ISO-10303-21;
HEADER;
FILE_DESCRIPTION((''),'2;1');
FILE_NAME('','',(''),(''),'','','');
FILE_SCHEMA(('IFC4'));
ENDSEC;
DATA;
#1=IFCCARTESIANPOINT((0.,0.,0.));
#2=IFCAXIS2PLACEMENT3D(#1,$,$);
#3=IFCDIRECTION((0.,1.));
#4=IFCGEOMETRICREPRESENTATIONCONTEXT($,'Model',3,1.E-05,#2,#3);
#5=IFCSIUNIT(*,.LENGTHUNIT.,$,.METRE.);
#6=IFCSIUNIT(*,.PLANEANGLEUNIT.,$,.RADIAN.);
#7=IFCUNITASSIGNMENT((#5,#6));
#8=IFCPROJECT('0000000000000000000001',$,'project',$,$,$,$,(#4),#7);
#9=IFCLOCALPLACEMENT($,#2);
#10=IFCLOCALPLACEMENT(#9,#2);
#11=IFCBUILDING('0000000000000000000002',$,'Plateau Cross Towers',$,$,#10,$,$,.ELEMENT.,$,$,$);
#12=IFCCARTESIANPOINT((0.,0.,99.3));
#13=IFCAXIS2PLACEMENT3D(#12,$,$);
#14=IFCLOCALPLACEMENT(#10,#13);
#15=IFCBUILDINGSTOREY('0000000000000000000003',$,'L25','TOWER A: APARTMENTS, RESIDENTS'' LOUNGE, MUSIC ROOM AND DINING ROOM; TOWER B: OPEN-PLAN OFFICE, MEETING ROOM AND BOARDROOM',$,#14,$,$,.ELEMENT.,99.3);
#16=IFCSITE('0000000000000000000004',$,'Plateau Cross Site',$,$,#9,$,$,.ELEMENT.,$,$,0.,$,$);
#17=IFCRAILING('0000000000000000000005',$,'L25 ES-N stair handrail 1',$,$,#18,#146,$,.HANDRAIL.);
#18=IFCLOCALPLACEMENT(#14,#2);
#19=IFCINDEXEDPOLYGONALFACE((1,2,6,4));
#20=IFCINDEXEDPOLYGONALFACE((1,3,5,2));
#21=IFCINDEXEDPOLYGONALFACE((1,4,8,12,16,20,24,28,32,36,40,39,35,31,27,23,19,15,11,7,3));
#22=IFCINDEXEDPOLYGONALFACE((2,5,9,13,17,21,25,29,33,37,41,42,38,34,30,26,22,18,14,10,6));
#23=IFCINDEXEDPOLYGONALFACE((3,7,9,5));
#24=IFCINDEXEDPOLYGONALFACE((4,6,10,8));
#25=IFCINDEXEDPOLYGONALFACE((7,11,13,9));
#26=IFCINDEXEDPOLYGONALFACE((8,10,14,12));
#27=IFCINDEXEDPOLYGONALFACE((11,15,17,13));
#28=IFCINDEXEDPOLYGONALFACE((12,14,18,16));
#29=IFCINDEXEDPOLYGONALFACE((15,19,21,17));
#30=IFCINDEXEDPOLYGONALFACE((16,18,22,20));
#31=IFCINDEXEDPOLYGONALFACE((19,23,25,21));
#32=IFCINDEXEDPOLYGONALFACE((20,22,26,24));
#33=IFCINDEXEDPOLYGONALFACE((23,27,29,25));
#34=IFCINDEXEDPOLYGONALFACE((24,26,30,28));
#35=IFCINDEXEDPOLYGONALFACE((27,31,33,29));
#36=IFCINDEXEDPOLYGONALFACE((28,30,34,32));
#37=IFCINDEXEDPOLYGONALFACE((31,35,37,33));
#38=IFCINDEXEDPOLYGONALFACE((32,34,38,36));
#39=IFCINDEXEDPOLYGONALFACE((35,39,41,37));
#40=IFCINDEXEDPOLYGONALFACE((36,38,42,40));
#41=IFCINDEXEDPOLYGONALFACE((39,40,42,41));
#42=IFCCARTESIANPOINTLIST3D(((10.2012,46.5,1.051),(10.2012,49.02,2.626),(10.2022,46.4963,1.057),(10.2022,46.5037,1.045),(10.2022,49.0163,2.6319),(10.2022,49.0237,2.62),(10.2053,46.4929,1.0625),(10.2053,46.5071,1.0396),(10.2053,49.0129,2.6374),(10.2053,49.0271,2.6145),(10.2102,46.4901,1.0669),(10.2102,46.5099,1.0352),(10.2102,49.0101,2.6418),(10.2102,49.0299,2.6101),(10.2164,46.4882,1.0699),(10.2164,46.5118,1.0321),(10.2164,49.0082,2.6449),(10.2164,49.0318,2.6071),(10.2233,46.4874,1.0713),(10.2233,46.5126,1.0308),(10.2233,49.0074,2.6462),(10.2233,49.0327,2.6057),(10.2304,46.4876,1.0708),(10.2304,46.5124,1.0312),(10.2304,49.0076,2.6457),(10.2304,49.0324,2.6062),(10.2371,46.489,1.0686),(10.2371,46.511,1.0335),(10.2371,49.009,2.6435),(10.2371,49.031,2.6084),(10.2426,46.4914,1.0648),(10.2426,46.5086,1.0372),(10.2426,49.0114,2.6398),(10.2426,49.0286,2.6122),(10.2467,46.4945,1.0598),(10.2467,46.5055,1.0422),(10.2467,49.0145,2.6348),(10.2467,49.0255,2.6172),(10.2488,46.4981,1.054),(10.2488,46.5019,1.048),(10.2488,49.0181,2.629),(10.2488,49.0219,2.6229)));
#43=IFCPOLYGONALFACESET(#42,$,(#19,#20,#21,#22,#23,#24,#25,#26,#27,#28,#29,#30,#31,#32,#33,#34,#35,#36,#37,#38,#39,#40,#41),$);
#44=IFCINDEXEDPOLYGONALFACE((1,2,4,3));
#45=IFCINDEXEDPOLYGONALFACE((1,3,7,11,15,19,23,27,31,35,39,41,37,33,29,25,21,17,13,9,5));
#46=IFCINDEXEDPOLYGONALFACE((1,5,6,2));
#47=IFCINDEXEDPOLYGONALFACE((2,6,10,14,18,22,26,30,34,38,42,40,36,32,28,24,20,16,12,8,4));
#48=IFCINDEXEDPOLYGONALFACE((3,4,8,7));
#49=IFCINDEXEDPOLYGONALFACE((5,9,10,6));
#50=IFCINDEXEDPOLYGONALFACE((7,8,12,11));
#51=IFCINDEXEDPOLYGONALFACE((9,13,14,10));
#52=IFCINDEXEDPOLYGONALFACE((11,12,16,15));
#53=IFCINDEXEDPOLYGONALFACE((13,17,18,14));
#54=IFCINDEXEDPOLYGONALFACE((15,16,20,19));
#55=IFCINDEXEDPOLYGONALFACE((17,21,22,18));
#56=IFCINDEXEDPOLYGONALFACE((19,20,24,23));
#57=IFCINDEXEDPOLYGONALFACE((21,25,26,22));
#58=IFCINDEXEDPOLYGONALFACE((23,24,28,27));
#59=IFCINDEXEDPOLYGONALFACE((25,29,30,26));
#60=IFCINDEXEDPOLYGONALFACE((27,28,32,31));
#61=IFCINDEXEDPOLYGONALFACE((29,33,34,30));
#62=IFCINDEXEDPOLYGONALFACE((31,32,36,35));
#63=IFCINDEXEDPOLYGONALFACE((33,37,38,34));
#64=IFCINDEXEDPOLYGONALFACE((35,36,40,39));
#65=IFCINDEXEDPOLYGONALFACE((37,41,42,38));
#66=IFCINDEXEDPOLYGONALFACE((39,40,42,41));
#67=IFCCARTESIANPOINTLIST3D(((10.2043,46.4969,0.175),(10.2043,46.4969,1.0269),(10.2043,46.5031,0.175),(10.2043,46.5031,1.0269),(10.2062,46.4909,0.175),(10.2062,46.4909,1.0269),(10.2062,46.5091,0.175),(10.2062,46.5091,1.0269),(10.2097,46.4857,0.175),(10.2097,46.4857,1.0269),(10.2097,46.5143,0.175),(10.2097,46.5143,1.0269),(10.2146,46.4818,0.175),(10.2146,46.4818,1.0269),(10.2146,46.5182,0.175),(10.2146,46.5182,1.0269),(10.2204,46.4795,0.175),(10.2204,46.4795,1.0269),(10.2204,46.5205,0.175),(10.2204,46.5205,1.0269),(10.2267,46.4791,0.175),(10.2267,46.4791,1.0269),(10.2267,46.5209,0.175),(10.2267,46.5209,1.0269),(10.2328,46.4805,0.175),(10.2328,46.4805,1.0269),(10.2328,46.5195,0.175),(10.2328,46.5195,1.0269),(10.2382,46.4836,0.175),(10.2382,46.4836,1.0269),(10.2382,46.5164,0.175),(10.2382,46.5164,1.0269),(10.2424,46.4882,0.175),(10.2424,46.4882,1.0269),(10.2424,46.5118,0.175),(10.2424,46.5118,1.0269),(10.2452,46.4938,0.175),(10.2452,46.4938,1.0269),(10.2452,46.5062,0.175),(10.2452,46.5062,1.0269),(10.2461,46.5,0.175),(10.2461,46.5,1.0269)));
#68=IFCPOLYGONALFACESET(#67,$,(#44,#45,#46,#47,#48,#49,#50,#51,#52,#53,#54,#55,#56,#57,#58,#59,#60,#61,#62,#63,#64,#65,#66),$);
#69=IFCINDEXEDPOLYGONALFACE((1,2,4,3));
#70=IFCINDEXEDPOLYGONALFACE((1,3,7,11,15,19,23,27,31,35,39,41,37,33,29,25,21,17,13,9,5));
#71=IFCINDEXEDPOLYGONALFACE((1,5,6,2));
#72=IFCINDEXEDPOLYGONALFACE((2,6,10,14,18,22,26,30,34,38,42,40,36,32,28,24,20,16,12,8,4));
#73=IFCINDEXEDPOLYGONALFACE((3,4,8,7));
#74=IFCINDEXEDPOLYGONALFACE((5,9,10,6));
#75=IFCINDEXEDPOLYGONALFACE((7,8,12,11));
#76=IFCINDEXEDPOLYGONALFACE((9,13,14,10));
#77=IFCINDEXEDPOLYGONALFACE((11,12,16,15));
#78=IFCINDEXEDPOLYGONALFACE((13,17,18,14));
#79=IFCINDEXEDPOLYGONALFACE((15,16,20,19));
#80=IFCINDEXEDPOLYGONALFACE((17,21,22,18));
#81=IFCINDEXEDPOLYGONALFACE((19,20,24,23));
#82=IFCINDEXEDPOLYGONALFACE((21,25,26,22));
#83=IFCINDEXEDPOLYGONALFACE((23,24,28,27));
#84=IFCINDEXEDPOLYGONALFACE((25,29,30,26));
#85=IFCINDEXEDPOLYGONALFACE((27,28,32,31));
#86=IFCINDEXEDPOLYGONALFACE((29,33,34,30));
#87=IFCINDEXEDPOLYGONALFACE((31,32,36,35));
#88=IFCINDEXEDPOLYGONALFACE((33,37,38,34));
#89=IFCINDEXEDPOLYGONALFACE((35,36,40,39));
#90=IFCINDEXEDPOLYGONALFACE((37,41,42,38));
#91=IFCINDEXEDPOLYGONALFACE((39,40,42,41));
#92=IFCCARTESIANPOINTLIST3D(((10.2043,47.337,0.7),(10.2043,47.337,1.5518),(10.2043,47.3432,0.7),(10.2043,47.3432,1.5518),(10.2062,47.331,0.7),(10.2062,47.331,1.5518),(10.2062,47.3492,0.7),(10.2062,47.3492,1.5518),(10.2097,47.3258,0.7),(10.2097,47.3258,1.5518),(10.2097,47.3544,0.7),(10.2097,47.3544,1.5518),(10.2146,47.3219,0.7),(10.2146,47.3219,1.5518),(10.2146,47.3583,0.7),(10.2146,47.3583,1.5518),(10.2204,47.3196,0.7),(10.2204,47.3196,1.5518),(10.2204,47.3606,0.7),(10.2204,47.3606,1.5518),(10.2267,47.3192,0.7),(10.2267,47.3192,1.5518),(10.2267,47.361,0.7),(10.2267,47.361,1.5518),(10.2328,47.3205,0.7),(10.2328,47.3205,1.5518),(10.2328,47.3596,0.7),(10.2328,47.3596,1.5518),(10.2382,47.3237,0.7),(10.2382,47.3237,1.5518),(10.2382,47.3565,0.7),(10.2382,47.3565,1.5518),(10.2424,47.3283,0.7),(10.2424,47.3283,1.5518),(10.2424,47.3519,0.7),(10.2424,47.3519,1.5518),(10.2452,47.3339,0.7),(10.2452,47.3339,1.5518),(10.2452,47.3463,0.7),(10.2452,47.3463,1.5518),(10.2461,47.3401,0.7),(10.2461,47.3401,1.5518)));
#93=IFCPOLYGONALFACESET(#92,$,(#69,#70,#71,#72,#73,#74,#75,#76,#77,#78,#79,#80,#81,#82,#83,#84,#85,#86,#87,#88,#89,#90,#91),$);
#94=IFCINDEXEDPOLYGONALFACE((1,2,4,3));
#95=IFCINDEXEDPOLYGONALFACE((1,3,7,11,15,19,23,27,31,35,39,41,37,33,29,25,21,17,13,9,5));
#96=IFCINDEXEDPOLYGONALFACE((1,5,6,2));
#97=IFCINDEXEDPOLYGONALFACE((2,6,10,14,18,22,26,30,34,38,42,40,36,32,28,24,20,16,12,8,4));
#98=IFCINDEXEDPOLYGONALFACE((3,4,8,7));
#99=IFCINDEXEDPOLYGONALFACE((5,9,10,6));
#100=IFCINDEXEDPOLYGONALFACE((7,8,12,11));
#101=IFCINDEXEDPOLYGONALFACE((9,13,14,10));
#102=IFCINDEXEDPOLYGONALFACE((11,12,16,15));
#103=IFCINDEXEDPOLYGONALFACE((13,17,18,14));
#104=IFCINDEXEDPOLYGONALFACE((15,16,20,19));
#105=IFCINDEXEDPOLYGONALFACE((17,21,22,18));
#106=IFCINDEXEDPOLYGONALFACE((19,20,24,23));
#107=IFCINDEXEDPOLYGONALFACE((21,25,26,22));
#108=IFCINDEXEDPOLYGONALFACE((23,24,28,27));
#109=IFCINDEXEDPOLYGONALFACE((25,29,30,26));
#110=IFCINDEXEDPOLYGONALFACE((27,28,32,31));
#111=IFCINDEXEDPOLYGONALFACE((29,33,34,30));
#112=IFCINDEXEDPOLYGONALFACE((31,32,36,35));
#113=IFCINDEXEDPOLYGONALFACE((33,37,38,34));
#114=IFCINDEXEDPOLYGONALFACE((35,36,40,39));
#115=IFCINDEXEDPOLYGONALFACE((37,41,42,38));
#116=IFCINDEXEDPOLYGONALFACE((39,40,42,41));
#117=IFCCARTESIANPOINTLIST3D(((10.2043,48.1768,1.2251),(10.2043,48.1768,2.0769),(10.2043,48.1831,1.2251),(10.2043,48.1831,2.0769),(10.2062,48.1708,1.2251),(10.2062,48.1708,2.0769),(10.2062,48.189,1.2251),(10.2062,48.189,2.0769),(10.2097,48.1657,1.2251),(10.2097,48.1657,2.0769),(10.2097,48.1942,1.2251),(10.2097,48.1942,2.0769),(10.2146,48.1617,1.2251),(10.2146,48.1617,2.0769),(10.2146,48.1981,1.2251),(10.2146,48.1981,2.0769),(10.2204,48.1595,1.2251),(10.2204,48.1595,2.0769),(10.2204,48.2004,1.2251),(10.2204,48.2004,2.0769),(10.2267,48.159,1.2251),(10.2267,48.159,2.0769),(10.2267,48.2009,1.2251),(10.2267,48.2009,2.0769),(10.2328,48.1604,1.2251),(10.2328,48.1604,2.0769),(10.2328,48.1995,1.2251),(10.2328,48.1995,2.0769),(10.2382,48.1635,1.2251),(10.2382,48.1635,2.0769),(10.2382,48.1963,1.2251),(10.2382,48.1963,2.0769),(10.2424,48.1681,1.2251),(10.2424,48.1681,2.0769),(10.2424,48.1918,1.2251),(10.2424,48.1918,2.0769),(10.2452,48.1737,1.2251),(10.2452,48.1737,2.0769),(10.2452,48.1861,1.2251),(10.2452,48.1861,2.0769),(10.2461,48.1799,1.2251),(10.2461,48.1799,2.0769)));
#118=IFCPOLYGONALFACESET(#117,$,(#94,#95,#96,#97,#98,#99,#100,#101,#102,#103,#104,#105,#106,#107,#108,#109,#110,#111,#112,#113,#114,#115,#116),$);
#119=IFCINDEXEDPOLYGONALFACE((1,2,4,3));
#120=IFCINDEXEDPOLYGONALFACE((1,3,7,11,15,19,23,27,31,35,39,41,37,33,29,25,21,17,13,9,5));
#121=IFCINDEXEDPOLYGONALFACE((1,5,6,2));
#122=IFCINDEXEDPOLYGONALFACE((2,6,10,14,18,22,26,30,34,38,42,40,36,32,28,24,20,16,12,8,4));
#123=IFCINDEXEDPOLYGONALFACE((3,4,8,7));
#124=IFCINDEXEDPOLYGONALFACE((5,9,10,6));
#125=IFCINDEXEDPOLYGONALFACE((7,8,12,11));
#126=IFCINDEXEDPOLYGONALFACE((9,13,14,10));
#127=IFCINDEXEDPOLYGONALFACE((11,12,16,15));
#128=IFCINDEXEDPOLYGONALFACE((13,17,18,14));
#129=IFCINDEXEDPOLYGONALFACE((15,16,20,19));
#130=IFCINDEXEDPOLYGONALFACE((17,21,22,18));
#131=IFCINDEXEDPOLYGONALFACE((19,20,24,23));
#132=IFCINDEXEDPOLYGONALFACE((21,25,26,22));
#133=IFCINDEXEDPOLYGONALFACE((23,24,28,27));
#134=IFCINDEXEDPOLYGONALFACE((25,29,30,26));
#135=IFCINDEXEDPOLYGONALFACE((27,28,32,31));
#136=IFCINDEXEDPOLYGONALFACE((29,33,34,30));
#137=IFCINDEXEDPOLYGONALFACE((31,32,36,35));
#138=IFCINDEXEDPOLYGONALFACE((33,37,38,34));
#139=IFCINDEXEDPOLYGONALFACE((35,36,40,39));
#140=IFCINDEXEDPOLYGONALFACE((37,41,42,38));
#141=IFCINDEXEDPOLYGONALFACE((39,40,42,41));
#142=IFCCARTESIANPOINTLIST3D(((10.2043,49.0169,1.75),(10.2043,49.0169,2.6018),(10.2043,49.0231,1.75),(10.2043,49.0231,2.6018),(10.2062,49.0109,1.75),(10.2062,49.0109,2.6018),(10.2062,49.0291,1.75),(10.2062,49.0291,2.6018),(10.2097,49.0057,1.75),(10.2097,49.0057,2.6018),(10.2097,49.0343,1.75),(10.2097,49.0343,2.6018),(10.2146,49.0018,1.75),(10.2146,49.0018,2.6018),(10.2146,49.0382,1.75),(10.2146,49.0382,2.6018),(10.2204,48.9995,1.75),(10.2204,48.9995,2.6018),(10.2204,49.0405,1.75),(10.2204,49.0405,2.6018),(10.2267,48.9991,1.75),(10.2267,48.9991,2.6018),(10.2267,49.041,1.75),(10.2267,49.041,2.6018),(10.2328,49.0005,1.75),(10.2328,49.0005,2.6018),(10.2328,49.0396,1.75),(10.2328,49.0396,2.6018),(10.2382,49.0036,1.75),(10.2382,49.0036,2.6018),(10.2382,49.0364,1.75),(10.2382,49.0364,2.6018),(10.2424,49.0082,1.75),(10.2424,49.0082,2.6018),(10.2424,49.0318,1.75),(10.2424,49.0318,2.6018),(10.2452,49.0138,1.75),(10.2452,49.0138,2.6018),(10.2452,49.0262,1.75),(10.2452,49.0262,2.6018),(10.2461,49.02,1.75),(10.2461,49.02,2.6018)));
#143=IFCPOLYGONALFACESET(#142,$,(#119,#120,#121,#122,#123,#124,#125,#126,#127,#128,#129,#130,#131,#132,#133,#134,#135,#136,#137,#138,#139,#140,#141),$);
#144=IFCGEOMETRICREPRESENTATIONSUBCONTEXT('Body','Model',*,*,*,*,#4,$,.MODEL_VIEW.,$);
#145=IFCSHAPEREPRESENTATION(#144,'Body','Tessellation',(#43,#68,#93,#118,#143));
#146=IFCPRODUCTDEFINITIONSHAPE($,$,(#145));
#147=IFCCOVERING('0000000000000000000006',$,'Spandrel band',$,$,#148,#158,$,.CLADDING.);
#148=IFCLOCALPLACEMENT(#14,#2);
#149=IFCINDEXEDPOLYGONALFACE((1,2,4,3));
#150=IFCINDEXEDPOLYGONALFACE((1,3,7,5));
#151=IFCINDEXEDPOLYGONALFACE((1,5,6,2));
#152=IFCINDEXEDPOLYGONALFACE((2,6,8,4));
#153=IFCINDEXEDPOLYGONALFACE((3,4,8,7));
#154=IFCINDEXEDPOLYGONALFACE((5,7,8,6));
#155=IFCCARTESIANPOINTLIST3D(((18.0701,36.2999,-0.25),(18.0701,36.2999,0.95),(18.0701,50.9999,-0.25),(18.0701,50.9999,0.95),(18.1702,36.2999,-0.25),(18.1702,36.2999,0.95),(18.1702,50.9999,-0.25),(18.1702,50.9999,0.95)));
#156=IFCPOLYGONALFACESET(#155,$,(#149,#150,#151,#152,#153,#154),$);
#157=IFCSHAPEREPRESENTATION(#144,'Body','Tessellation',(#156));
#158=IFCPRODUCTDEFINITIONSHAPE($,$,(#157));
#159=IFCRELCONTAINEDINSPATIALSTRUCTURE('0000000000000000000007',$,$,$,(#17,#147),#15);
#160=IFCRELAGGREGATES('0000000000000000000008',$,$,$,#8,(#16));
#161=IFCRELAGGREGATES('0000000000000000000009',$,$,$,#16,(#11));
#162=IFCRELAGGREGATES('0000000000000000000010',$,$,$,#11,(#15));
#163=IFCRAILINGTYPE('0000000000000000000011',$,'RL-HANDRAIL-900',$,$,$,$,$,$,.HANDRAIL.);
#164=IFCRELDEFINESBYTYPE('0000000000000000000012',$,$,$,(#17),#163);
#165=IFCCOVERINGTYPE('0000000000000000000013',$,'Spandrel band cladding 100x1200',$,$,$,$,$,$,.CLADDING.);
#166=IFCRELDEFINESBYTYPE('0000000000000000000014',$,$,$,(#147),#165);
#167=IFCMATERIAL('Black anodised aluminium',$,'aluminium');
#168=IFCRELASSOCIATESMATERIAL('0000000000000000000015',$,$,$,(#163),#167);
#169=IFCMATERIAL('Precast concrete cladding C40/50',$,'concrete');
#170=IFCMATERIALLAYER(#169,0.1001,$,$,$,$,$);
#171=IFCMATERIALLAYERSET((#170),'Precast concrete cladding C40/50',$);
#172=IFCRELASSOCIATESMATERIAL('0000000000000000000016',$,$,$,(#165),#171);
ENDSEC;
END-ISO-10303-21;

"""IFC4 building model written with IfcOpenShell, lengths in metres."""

from ifc_helpers import new_model, si_unit, direction, frame, origin, origin_2d, place, context, subcontext, project, spatial, rectangle, circle, extrude, material, layer, layer_set, type_object, element, save


model = new_model("IFC4")

# Units and contexts
model_context = context("Model", 3, precision=1e-05, world=origin(), true_north=direction((0.0, 1.0)))
body_context = subcontext(model_context, "Body", "Model", "MODEL_VIEW")
ifc_project = project(units=[si_unit("LENGTHUNIT", "METRE"), si_unit("PLANEANGLEUNIT", "RADIAN")], contexts=[model_context])

# Site, building, storey
site_placement = place(None, origin())
site = spatial("IfcSite", under=ifc_project, at=site_placement, Name="Plateau Cross Site", CompositionType="ELEMENT", RefElevation=0.0)
building_placement = place(site_placement, origin())
building = spatial("IfcBuilding", under=site, at=building_placement, Name="Plateau Cross Towers", CompositionType="ELEMENT")
storey_placement = place(building_placement, frame((0.0, 0.0, 99.3)))
storey = spatial("IfcBuildingStorey", under=building, at=storey_placement, Name="L25", Description="TOWER A: APARTMENTS, RESIDENTS' LOUNGE, MUSIC ROOM AND DINING ROOM; TOWER B: OPEN-PLAN OFFICE, MEETING ROOM AND BOARDROOM", CompositionType="ELEMENT", Elevation=99.3)

# Shared definitions
ifc_material_1 = material(Name="Black anodised aluminium", Category="aluminium")

# Railing
railing_type_1 = type_object("IfcRailingType", Name="RL-HANDRAIL-900", PredefinedType="HANDRAIL", material=ifc_material_1)
railing_1_placement = place(storey_placement, frame((10.2251, 46.5, 0.175)))
element("IfcRailing", 1, at=railing_1_placement, inside=storey, type_object=railing_type_1, Name="L25 ES-N stair handrail 1", PredefinedType="HANDRAIL", context=body_context, shape_type="SweptSolid", body=[
    extrude(circle(Radius=0.0239, at=origin_2d()), frame((0.0, 0.0, 0.876), z_axis=(0.0, 0.848008, 0.529984), x_axis=(-1.0, 0.0, 0.0)), (0.0, 0.0, 1.0), 2.9717),
    extrude(circle(Radius=0.021, at=origin_2d()), origin(), (0.0, 0.0, 1.0), 0.8518),
    extrude(circle(Radius=0.021, at=origin_2d()), frame((0.0, 0.8401, 0.5249)), (0.0, 0.0, 1.0), 0.8518),
    extrude(circle(Radius=0.021, at=origin_2d()), frame((0.0, 1.6799, 1.05)), (0.0, 0.0, 1.0), 0.8518),
    extrude(circle(Radius=0.021, at=origin_2d()), frame((0.0, 2.52, 1.575)), (0.0, 0.0, 1.0), 0.8518),
])

# Covering
ifc_material_2 = material(Name="Precast concrete cladding C40/50", Category="concrete")
ifc_layer_1 = layer(ifc_material_2, 0.1001)
ifc_layer_set_1 = layer_set([ifc_layer_1], Name="Precast concrete cladding C40/50")
covering_type = type_object("IfcCoveringType", Name="Spandrel band cladding 100x1200", PredefinedType="CLADDING", material=ifc_layer_set_1)
covering_placement = place(storey_placement, frame((18.1201, 43.6499, -0.25), z_axis=(0.0, 0.0, 1.0), x_axis=(0.0, 1.0, 0.0)))
element("IfcCovering", 2, at=covering_placement, inside=storey, type_object=covering_type, Name="Spandrel band", PredefinedType="CLADDING", context=body_context, shape_type="SweptSolid", body=[
    extrude(rectangle(XDim=14.7, YDim=0.1001, at=origin_2d()), origin(), (0.0, 0.0, 1.0), 1.2),
])

save(model, "model.ifc")
